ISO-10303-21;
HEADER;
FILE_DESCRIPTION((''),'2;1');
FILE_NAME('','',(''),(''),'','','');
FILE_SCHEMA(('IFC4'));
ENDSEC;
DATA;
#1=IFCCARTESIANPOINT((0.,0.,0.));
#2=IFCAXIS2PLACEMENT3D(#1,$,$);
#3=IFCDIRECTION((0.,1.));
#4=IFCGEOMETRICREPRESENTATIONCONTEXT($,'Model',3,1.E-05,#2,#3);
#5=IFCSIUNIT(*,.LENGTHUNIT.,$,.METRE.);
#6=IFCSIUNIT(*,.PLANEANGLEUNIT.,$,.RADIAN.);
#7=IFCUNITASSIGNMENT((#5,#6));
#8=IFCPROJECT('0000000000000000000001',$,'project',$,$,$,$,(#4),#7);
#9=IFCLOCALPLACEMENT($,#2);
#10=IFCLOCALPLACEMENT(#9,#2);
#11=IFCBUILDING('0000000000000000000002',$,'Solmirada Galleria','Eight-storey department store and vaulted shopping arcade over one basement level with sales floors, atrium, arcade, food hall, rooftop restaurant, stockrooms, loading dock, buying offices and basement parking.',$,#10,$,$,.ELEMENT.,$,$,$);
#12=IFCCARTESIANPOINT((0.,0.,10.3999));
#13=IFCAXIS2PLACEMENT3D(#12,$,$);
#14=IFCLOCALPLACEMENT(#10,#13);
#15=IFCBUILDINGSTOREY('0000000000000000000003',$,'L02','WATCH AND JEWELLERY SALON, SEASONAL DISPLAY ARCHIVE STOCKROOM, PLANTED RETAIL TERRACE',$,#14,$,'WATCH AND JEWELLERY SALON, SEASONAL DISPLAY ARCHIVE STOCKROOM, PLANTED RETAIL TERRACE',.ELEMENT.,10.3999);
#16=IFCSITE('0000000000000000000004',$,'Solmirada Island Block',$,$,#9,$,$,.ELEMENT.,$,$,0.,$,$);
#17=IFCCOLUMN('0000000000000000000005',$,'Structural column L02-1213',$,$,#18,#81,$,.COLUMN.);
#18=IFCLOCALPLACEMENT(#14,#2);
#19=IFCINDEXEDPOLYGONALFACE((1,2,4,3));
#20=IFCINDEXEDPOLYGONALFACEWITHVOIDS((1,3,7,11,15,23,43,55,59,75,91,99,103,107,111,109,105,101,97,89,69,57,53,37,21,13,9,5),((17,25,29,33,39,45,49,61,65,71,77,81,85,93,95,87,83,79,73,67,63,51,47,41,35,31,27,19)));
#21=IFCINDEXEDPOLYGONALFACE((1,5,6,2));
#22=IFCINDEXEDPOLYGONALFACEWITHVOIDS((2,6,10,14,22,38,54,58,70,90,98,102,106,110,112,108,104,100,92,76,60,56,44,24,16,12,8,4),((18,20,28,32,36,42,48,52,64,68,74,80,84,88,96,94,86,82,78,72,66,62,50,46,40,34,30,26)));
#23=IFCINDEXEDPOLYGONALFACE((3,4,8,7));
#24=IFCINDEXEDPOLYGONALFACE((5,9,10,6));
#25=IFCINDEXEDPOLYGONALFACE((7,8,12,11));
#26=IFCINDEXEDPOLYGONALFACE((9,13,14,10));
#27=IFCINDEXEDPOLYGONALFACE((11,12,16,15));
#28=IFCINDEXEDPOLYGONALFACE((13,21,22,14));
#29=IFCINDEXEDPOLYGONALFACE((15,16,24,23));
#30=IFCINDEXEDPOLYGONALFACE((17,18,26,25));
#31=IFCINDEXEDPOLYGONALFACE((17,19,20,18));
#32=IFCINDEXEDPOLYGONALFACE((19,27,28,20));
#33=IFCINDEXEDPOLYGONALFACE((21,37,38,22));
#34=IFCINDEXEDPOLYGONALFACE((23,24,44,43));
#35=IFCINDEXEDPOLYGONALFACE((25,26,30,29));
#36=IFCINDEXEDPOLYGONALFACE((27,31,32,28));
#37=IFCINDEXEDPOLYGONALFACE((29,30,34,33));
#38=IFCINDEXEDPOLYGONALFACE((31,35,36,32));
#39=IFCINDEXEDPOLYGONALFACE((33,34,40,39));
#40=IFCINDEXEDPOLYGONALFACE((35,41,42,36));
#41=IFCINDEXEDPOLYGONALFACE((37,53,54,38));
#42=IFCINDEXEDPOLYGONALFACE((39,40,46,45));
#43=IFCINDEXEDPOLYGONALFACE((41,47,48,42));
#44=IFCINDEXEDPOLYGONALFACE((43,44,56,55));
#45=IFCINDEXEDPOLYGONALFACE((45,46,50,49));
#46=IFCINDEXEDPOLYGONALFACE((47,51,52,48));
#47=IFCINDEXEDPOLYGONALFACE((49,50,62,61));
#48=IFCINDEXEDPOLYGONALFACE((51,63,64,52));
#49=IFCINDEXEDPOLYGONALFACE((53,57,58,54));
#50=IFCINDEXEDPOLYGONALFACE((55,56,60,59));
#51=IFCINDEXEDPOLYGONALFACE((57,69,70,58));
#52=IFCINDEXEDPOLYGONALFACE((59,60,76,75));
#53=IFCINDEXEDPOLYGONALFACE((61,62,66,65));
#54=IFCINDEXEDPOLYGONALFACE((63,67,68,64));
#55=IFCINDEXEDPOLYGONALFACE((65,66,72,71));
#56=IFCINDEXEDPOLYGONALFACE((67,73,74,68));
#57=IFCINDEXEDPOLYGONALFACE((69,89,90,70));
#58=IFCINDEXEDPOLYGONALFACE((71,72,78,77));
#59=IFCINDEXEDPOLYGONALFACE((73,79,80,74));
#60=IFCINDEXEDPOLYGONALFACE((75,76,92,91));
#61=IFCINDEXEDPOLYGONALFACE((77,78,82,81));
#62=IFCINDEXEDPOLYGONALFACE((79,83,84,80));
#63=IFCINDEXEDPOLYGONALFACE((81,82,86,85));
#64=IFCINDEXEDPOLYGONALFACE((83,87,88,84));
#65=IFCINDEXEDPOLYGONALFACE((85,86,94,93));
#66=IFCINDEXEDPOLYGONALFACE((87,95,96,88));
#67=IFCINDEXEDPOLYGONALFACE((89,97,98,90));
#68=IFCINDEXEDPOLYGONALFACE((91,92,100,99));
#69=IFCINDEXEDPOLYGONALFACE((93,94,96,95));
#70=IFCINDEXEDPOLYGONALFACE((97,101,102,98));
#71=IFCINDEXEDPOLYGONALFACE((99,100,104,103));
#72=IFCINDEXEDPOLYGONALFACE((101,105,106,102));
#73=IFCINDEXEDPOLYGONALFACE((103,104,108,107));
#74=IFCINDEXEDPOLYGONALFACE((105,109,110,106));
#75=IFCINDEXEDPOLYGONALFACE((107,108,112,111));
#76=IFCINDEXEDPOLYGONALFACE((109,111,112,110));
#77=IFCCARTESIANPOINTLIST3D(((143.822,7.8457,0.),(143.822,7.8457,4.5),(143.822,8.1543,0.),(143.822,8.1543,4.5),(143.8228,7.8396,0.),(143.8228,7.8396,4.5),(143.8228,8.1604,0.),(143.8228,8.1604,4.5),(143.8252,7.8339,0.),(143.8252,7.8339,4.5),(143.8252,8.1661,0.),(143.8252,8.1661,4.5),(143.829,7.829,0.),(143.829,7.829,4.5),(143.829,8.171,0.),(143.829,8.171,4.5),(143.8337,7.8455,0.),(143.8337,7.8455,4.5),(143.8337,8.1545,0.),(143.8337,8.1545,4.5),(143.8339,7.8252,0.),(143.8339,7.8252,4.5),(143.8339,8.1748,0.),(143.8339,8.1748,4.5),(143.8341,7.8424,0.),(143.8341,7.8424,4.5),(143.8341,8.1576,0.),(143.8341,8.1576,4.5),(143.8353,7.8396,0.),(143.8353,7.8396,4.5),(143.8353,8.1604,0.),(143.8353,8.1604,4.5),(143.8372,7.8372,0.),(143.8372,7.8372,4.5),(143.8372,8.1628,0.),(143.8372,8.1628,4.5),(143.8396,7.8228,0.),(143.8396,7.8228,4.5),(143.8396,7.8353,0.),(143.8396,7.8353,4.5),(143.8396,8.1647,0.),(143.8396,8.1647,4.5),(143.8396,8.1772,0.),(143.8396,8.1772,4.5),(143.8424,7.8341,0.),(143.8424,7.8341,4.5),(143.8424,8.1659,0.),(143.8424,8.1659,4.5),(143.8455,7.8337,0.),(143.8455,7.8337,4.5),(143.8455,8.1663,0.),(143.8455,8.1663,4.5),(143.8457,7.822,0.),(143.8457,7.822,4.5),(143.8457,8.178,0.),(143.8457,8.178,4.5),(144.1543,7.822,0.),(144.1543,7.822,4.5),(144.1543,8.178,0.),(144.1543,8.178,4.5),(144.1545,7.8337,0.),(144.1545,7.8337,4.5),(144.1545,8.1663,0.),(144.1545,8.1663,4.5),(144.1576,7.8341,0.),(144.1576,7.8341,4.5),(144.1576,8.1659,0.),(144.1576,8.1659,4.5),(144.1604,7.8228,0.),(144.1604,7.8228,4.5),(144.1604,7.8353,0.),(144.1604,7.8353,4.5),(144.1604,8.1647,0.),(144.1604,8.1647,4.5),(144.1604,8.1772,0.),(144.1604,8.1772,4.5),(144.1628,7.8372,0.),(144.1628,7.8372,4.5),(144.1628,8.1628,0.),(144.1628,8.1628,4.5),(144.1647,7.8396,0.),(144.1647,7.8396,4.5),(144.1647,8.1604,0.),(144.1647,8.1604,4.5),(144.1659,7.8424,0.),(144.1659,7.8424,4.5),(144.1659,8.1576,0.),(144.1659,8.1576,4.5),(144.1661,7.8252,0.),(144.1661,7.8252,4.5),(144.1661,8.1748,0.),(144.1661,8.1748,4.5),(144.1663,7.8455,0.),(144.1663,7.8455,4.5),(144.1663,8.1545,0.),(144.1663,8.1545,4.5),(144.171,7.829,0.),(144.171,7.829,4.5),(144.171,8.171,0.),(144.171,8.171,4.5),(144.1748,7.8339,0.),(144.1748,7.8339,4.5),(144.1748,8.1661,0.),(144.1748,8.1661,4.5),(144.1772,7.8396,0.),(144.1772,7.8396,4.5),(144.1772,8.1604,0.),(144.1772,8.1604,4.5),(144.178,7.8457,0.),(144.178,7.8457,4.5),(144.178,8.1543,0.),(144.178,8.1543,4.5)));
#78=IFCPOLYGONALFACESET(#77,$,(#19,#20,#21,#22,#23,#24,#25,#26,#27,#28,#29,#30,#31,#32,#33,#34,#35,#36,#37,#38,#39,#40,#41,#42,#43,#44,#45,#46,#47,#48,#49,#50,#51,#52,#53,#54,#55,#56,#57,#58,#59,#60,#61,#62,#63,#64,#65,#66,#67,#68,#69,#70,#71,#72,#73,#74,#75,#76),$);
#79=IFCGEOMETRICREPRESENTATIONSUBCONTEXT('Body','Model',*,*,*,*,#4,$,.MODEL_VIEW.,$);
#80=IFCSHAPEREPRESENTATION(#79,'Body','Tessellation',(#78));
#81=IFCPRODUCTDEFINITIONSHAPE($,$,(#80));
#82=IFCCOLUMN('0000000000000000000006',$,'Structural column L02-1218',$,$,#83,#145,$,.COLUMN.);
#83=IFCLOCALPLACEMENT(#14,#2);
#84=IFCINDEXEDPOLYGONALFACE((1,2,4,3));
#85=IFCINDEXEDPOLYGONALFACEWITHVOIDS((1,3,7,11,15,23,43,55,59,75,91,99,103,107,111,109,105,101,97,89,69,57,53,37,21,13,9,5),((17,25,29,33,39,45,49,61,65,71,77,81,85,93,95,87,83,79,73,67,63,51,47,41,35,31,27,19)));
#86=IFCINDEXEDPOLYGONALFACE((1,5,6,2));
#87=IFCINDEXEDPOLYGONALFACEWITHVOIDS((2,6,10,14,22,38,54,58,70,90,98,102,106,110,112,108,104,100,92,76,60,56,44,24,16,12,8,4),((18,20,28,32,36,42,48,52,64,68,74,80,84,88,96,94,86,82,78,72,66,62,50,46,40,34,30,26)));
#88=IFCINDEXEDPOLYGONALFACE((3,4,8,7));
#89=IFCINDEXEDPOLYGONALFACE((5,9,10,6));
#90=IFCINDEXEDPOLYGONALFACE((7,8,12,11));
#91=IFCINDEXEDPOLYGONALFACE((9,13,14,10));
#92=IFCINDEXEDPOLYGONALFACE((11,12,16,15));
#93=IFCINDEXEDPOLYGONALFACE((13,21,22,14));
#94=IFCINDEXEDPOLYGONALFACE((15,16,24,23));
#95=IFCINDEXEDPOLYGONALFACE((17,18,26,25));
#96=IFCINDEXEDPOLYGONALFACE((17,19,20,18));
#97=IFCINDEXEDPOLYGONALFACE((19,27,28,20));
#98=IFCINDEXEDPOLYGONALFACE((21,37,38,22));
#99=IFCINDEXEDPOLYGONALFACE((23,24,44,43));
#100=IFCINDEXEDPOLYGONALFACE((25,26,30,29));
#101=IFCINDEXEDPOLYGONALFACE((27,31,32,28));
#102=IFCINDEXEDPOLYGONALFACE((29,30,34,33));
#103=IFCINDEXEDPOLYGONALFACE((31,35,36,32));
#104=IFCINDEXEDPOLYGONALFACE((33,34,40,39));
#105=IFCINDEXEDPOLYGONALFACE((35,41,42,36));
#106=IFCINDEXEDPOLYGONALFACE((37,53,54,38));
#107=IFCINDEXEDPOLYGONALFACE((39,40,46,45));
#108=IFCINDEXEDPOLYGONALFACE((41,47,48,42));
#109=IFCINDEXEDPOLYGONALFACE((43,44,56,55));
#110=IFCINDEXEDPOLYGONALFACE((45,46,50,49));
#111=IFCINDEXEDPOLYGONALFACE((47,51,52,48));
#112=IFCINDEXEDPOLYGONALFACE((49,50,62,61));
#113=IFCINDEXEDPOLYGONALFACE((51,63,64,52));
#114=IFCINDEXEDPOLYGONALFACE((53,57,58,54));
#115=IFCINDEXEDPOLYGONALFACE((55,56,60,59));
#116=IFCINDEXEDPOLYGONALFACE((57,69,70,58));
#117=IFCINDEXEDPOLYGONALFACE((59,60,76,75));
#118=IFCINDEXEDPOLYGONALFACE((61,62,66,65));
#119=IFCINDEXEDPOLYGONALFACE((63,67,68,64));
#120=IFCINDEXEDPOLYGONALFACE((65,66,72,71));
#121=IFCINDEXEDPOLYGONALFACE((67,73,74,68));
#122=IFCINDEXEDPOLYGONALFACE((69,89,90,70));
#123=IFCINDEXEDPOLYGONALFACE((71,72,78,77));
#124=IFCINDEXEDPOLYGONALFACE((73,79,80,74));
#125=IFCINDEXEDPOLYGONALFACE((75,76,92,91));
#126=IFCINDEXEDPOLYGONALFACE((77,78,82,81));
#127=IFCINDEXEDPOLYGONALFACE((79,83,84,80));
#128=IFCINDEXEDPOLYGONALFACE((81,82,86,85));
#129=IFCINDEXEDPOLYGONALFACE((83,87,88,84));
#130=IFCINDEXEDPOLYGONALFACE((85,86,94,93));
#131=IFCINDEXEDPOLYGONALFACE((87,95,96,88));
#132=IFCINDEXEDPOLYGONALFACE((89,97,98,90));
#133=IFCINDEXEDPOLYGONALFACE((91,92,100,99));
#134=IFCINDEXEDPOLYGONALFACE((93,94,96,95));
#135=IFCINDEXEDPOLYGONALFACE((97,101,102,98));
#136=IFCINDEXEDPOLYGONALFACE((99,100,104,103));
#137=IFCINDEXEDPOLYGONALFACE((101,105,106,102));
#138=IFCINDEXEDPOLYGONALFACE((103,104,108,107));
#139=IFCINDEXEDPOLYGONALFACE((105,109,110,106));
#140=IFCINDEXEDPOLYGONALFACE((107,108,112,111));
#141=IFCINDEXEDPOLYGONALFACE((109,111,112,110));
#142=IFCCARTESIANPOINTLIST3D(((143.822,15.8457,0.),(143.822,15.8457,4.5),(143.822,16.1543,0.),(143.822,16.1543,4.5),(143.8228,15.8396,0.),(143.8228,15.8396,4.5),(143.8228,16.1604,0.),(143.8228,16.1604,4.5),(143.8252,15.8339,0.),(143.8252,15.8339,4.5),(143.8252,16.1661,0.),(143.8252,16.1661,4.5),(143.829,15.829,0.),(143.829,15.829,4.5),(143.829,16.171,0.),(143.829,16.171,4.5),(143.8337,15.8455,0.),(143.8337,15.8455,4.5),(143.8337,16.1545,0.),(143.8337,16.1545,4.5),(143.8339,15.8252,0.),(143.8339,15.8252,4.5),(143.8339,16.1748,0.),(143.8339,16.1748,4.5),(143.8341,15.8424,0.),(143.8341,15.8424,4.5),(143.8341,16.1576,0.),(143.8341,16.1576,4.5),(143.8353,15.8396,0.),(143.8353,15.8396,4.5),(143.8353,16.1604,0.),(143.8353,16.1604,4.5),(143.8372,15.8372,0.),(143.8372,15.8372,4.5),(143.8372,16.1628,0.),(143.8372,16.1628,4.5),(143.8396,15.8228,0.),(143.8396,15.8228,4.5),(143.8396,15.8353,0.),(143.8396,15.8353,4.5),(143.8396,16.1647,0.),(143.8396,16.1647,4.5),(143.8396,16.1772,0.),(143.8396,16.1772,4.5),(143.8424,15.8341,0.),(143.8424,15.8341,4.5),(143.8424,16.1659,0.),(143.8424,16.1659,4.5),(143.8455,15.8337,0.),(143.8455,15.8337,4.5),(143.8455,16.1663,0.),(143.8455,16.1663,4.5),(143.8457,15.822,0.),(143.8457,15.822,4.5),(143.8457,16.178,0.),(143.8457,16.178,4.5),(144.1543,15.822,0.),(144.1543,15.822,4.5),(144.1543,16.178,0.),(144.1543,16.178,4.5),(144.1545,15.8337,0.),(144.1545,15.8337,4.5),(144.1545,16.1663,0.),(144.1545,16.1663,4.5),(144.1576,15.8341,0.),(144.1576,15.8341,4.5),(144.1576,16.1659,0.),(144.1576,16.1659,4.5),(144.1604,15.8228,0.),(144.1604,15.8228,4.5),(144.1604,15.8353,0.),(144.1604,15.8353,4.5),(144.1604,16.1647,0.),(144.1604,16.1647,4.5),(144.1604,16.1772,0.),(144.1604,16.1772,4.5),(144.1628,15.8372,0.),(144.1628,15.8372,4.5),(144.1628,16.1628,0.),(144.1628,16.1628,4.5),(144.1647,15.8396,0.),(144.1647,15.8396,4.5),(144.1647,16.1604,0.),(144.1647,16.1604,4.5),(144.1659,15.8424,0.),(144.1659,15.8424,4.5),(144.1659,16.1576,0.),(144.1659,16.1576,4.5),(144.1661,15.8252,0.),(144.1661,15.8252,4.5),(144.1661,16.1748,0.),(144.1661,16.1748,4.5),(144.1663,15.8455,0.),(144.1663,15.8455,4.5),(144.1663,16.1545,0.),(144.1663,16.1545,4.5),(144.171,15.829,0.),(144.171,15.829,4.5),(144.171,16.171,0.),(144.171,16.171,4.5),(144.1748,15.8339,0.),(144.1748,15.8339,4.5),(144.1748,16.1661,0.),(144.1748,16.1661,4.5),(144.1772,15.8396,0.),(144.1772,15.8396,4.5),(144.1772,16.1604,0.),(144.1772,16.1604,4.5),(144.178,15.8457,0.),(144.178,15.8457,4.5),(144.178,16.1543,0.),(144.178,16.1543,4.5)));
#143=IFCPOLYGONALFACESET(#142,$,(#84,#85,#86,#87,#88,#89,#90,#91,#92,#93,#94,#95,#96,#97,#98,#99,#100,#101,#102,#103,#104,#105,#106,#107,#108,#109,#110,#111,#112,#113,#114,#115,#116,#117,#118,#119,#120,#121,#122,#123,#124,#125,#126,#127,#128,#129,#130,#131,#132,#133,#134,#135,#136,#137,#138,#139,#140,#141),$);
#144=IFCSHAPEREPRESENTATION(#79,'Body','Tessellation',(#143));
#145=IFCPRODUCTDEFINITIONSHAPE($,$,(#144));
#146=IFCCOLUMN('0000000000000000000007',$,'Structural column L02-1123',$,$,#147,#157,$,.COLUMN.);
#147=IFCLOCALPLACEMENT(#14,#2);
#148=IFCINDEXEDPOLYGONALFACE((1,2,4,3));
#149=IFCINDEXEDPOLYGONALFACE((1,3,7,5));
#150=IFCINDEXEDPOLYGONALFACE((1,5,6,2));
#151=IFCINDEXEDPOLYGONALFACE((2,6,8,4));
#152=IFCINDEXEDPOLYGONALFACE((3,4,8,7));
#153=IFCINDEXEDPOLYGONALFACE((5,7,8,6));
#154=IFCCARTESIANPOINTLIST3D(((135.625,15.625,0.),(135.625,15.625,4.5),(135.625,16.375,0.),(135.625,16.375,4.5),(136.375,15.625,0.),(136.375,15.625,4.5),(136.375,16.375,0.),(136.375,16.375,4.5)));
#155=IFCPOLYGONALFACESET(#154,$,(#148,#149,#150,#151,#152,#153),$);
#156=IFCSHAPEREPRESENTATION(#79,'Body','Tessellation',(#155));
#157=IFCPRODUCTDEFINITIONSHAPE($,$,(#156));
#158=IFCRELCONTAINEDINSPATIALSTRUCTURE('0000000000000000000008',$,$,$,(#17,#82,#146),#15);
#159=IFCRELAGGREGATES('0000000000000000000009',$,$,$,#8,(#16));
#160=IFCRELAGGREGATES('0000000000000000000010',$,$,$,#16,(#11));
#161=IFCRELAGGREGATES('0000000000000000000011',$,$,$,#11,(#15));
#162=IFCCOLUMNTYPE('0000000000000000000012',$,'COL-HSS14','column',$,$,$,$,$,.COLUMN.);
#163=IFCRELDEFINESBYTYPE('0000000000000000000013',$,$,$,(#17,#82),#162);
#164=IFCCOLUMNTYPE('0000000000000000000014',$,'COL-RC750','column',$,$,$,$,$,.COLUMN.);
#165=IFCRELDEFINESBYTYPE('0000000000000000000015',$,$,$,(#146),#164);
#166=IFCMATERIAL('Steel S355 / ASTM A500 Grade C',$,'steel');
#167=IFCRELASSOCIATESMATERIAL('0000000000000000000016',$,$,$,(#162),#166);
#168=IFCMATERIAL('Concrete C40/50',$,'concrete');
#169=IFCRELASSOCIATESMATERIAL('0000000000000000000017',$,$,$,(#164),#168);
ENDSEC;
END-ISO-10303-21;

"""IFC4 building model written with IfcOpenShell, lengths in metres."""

from ifc_helpers import new_model, si_unit, direction, frame, origin, origin_2d, place, context, subcontext, project, spatial, rectangle, hollow_rectangle, extrude, material, material_profile, profile_set, type_object, element, save


model = new_model("IFC4")

# Units and contexts
model_context = context("Model", 3, precision=1e-05, world=origin(), true_north=direction((0.0, 1.0)))
body_context = subcontext(model_context, "Body", "Model", "MODEL_VIEW")
ifc_project = project(units=[si_unit("LENGTHUNIT", "METRE"), si_unit("PLANEANGLEUNIT", "RADIAN")], contexts=[model_context])

# Site, building, storey
site_placement = place(None, origin())
site = spatial("IfcSite", under=ifc_project, at=site_placement, Name="Solmirada Island Block", CompositionType="ELEMENT", RefElevation=0.0)
building_placement = place(site_placement, origin())
building = spatial("IfcBuilding", under=site, at=building_placement, Name="Solmirada Galleria", Description="Eight-storey department store and vaulted shopping arcade over one basement level with sales floors, atrium, arcade, food hall, rooftop restaurant, stockrooms, loading dock, buying offices and basement parking.", CompositionType="ELEMENT")
storey_placement = place(building_placement, frame((0.0, 0.0, 10.3999)))
storey = spatial("IfcBuildingStorey", under=building, at=storey_placement, Name="L02", Description="WATCH AND JEWELLERY SALON, SEASONAL DISPLAY ARCHIVE STOCKROOM, PLANTED RETAIL TERRACE", LongName="WATCH AND JEWELLERY SALON, SEASONAL DISPLAY ARCHIVE STOCKROOM, PLANTED RETAIL TERRACE", CompositionType="ELEMENT", Elevation=10.3999)

# Columns
ifc_material_1 = material(Name="Steel S355 / ASTM A500 Grade C", Category="steel")
ifc_material_profile_1 = material_profile(ifc_material_1, hollow_rectangle(XDim=0.356, YDim=0.356, WallThickness=0.0117, InnerFilletRadius=0.0117, OuterFilletRadius=0.0237, at=origin_2d()), Name="HSS14X14X1/2")
ifc_profile_set_1 = profile_set([ifc_material_profile_1], Name="Steel S355 / ASTM A500 Grade C")
column_type_1 = type_object("IfcColumnType", Name="COL-HSS14", Description="column", PredefinedType="COLUMN", material=ifc_profile_set_1)
for number, where, z_axis, x_axis, name in (
    (1, (144.0, 8.0, 0.0), (0.0, 0.0, 1.0), (1.0, 0.0, 0.0), "Structural column L02-1213"),
    (2, (144.0, 16.0, 0.0), (0.0, 0.0, 1.0), (1.0, 0.0, 0.0), "Structural column L02-1218"),
):
    element("IfcColumn", number, at=place(storey_placement, frame(where, z_axis=z_axis, x_axis=x_axis)), inside=storey, type_object=column_type_1, Name=name, PredefinedType="COLUMN", context=body_context, shape_type="SweptSolid", body=[
        extrude(hollow_rectangle(XDim=0.356, YDim=0.356, WallThickness=0.0117, InnerFilletRadius=0.0117, OuterFilletRadius=0.0237, at=origin_2d()), origin(), (0.0, 0.0, 1.0), 4.5),
    ])
ifc_material_2 = material(Name="Concrete C40/50", Category="concrete")
ifc_material_profile_2 = material_profile(ifc_material_2, rectangle(XDim=0.75, YDim=0.75, at=origin_2d()), Name="RC750X750")
ifc_profile_set_2 = profile_set([ifc_material_profile_2], Name="Concrete C40/50")
column_type_2 = type_object("IfcColumnType", Name="COL-RC750", Description="column", PredefinedType="COLUMN", material=ifc_profile_set_2)
column_placement = place(storey_placement, frame((136.0, 16.0, 0.0), z_axis=(0.0, 0.0, 1.0), x_axis=(1.0, 0.0, 0.0)))
element("IfcColumn", 3, at=column_placement, inside=storey, type_object=column_type_2, Name="Structural column L02-1123", PredefinedType="COLUMN", context=body_context, shape_type="SweptSolid", body=[
    extrude(rectangle(XDim=0.75, YDim=0.75, at=origin_2d()), origin(), (0.0, 0.0, 1.0), 4.5),
])

save(model, "model.ifc")
